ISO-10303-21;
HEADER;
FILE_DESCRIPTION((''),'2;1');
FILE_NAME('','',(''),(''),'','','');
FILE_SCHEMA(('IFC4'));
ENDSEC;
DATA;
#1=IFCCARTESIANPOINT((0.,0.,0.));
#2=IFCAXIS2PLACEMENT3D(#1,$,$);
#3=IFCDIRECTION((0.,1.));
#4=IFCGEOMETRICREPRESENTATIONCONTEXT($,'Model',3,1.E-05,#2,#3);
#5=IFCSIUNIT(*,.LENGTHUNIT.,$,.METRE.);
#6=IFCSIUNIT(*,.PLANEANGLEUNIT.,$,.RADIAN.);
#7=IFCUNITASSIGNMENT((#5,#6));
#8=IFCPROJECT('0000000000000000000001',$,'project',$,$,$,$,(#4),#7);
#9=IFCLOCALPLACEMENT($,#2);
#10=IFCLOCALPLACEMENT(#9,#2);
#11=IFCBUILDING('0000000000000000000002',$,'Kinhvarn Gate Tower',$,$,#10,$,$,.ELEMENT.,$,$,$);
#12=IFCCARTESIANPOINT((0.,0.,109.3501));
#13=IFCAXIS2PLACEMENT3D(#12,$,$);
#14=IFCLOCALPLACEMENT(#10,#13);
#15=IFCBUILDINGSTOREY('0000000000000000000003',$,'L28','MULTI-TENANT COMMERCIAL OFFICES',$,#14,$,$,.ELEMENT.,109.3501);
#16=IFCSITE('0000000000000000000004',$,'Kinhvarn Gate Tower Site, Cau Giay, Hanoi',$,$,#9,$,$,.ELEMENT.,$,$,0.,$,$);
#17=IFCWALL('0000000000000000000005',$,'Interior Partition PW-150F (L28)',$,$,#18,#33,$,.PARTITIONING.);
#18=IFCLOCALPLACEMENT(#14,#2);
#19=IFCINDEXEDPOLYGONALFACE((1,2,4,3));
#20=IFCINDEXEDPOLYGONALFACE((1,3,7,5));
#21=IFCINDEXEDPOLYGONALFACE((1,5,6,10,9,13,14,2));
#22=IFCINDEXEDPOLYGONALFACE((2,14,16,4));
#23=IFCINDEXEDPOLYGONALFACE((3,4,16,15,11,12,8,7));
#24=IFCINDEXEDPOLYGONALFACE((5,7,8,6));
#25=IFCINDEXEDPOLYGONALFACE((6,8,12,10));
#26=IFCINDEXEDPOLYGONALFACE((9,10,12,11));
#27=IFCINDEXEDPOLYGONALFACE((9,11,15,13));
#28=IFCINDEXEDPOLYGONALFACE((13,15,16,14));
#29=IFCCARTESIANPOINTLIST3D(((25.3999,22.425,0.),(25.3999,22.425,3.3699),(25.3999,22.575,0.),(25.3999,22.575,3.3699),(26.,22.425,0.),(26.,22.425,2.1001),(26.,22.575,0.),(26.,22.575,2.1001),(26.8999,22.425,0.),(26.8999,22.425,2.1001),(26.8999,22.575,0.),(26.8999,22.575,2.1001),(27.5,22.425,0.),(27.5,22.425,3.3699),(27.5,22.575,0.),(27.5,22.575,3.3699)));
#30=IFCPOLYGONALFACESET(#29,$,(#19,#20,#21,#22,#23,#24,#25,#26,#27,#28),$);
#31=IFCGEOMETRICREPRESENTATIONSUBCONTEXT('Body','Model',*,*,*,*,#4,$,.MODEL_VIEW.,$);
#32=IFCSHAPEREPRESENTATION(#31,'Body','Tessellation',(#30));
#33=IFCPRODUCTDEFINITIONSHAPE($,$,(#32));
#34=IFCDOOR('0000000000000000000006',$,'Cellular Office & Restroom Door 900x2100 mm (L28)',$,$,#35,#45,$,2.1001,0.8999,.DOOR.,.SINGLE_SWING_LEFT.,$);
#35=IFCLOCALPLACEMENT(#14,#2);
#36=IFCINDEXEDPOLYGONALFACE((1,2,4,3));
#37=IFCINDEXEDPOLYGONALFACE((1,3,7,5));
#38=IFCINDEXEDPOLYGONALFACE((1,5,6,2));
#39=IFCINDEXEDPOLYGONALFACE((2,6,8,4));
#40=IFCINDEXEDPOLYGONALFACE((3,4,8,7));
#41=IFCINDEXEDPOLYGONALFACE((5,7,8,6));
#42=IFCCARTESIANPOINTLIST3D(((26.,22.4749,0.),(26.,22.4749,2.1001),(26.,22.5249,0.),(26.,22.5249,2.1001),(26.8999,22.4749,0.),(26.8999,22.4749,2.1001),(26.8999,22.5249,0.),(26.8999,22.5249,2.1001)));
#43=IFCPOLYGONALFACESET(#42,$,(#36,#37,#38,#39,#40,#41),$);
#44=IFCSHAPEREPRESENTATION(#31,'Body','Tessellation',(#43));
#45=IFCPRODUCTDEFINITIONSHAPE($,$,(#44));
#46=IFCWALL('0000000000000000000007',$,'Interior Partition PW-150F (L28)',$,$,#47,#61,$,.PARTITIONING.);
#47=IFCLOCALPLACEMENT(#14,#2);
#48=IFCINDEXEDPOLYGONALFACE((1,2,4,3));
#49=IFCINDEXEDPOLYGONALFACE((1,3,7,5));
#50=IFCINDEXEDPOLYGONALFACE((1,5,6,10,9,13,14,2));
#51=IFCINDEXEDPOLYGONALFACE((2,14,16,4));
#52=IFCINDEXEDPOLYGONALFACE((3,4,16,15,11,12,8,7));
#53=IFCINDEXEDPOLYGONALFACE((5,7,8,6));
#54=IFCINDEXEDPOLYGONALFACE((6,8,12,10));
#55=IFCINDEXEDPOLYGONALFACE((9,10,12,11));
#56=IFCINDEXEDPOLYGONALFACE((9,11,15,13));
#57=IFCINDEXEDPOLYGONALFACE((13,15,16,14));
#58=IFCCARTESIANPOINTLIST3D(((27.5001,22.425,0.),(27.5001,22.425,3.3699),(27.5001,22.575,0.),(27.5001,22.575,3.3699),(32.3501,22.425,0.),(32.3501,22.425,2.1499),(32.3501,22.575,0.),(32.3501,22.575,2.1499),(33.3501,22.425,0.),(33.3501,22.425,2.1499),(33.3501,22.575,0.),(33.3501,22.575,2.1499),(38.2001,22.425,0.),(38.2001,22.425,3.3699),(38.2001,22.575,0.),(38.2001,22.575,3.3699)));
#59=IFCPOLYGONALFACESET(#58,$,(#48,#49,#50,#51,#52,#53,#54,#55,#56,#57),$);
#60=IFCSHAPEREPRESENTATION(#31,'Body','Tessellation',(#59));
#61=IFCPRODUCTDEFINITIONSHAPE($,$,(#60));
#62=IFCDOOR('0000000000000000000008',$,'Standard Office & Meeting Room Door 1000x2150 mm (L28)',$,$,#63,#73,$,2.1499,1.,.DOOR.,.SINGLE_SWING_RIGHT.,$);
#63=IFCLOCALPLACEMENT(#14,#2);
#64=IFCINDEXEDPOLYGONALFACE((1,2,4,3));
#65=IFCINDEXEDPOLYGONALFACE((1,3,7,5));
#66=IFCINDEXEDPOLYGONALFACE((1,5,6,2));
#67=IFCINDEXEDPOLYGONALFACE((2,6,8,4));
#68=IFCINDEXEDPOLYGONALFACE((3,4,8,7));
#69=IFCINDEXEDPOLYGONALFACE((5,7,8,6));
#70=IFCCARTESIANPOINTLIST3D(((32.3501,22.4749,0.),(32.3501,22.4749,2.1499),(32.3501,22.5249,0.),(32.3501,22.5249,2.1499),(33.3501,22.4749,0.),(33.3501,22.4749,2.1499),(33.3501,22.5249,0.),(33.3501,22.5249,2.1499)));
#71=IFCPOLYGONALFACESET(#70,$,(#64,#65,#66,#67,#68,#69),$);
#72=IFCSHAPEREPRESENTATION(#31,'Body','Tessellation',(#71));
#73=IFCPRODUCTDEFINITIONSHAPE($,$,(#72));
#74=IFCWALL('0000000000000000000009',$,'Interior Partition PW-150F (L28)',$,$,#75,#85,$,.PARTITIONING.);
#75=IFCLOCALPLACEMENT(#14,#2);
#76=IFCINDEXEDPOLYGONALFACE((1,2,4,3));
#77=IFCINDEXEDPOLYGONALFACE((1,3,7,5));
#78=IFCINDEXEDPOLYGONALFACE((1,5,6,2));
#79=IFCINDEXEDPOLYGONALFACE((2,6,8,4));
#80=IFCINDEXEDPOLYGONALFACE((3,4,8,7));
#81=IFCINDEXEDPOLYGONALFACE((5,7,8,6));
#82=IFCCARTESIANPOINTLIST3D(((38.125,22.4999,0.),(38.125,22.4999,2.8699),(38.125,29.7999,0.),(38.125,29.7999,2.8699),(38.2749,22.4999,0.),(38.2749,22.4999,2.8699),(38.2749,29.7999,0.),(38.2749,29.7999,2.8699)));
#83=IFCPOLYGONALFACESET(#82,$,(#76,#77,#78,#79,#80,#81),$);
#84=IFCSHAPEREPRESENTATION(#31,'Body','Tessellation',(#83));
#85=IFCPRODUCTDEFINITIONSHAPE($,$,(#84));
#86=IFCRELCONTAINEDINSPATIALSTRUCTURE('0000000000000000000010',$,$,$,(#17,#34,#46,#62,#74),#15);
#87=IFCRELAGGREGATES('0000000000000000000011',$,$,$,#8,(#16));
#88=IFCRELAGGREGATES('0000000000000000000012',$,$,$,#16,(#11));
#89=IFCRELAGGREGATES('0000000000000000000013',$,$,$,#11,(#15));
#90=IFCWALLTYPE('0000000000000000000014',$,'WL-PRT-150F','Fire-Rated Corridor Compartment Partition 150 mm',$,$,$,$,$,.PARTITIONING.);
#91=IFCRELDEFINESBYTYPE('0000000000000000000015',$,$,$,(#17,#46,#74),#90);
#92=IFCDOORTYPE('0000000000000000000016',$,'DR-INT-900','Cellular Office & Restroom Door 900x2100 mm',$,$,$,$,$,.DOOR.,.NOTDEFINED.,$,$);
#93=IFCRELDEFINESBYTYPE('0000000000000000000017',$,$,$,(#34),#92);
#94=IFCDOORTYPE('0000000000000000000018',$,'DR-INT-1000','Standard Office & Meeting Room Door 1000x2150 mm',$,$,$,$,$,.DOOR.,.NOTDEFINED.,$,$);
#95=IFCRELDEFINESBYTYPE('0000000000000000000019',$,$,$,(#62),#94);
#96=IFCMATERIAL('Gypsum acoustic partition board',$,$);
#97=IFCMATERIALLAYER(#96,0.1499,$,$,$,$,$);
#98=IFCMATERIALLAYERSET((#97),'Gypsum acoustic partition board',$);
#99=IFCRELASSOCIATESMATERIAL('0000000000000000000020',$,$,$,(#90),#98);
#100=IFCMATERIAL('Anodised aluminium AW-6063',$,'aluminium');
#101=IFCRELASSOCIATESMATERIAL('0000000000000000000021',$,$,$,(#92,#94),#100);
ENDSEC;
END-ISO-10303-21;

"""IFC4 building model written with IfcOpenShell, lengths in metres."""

from ifc_helpers import new_model, si_unit, direction, frame, frame_2d, origin, place, context, subcontext, project, spatial, rectangle, extrude, material, layer, layer_set, type_object, element, fill, save


model = new_model("IFC4")

# Units and contexts
model_context = context("Model", 3, precision=1e-05, world=origin(), true_north=direction((0.0, 1.0)))
body_context = subcontext(model_context, "Body", "Model", "MODEL_VIEW")
ifc_project = project(units=[si_unit("LENGTHUNIT", "METRE"), si_unit("PLANEANGLEUNIT", "RADIAN")], contexts=[model_context])

# Site, building, storey
site_placement = place(None, origin())
site = spatial("IfcSite", under=ifc_project, at=site_placement, Name="Kinhvarn Gate Tower Site, Cau Giay, Hanoi", CompositionType="ELEMENT", RefElevation=0.0)
building_placement = place(site_placement, origin())
building = spatial("IfcBuilding", under=site, at=building_placement, Name="Kinhvarn Gate Tower", CompositionType="ELEMENT")
storey_placement = place(building_placement, frame((0.0, 0.0, 109.3501)))
storey = spatial("IfcBuildingStorey", under=building, at=storey_placement, Name="L28", Description="MULTI-TENANT COMMERCIAL OFFICES", CompositionType="ELEMENT", Elevation=109.3501)

# Shared definitions
ifc_material_1 = material(Name="Gypsum acoustic partition board")

# Walls, openings, doors
ifc_layer_1 = layer(ifc_material_1, 0.1499)
ifc_layer_set_1 = layer_set([ifc_layer_1], Name="Gypsum acoustic partition board")
wall_type_1 = type_object("IfcWallType", Name="WL-PRT-150F", Description="Fire-Rated Corridor Compartment Partition 150 mm", PredefinedType="PARTITIONING", material=ifc_layer_set_1)
wall_1_placement = place(storey_placement, frame((25.3999, 22.5, 0.0), z_axis=(0.0, 0.0, 1.0), x_axis=(1.0, 0.0, 0.0)))
wall_1 = element("IfcWall", 1, at=wall_1_placement, inside=storey, type_object=wall_type_1, Name="Interior Partition PW-150F (L28)", PredefinedType="PARTITIONING", context=body_context, shape_type="SweptSolid", body=[
    extrude(rectangle(XDim=2.1001, YDim=0.1499, at=frame_2d((1.05, 0.0))), origin(), (0.0, 0.0, 1.0), 3.3699),
])
opening_1_placement = place(wall_1_placement, frame((0.6001, 0.0, 0.0)))
opening_1 = element("IfcOpeningElement", 2, at=opening_1_placement, cuts=wall_1, PredefinedType="OPENING", context=body_context, shape_type="SweptSolid", body=[
    extrude(rectangle(XDim=0.8999, YDim=2.1001, at=frame_2d((0.45, 1.05))), frame((0.0, 0.085, 0.0), z_axis=(0.0, -1.0, 0.0), x_axis=(1.0, 0.0, 0.0)), (0.0, 0.0, 1.0), 0.1699),
])
ifc_material_2 = material(Name="Anodised aluminium AW-6063", Category="aluminium")
door_type_1 = type_object("IfcDoorType", Name="DR-INT-900", Description="Cellular Office & Restroom Door 900x2100 mm", OperationType="NOTDEFINED", PredefinedType="DOOR", material=ifc_material_2)
door_1_placement = place(opening_1_placement, origin())
door_1 = element("IfcDoor", 3, at=door_1_placement, inside=storey, type_object=door_type_1, Name="Cellular Office & Restroom Door 900x2100 mm (L28)", OperationType="SINGLE_SWING_LEFT", OverallHeight=2.1001, OverallWidth=0.8999, PredefinedType="DOOR", context=body_context, shape_type="SweptSolid", body=[
    extrude(rectangle(XDim=0.8999, YDim=2.1001, at=frame_2d((0.45, 1.05))), frame((0.0, 0.0249, 0.0), z_axis=(0.0, -1.0, 0.0), x_axis=(1.0, 0.0, 0.0)), (0.0, 0.0, 1.0), 0.05),
])
fill(opening_1, door_1)
wall_2_placement = place(storey_placement, frame((27.5, 22.5, 0.0), z_axis=(0.0, 0.0, 1.0), x_axis=(1.0, 0.0, 0.0)))
wall_2 = element("IfcWall", 4, at=wall_2_placement, inside=storey, type_object=wall_type_1, Name="Interior Partition PW-150F (L28)", PredefinedType="PARTITIONING", context=body_context, shape_type="SweptSolid", body=[
    extrude(rectangle(XDim=10.7, YDim=0.1499, at=frame_2d((5.3501, 0.0))), origin(), (0.0, 0.0, 1.0), 3.3699),
])
opening_2_placement = place(wall_2_placement, frame((4.8501, 0.0, 0.0)))
opening_2 = element("IfcOpeningElement", 5, at=opening_2_placement, cuts=wall_2, PredefinedType="OPENING", context=body_context, shape_type="SweptSolid", body=[
    extrude(rectangle(XDim=1.0, YDim=2.1499, at=frame_2d((0.5, 1.075))), frame((0.0, 0.085, 0.0), z_axis=(0.0, -1.0, 0.0), x_axis=(1.0, 0.0, 0.0)), (0.0, 0.0, 1.0), 0.1699),
])
door_type_2 = type_object("IfcDoorType", Name="DR-INT-1000", Description="Standard Office & Meeting Room Door 1000x2150 mm", OperationType="NOTDEFINED", PredefinedType="DOOR", material=ifc_material_2)
door_2_placement = place(opening_2_placement, origin())
door_2 = element("IfcDoor", 6, at=door_2_placement, inside=storey, type_object=door_type_2, Name="Standard Office & Meeting Room Door 1000x2150 mm (L28)", OperationType="SINGLE_SWING_RIGHT", OverallHeight=2.1499, OverallWidth=1.0, PredefinedType="DOOR", context=body_context, shape_type="SweptSolid", body=[
    extrude(rectangle(XDim=1.0, YDim=2.1499, at=frame_2d((0.5, 1.075))), frame((0.0, 0.0249, 0.0), z_axis=(0.0, -1.0, 0.0), x_axis=(1.0, 0.0, 0.0)), (0.0, 0.0, 1.0), 0.05),
])
fill(opening_2, door_2)

# Wall
wall_3_placement = place(storey_placement, frame((38.2, 22.5, 0.0), z_axis=(0.0, 0.0, 1.0), x_axis=(0.0, 1.0, 0.0)))
element("IfcWall", 7, at=wall_3_placement, inside=storey, type_object=wall_type_1, Name="Interior Partition PW-150F (L28)", PredefinedType="PARTITIONING", context=body_context, shape_type="SweptSolid", body=[
    extrude(rectangle(XDim=7.3, YDim=0.1499, at=frame_2d((3.6499, 0.0))), origin(), (0.0, 0.0, 1.0), 2.8699),
])

save(model, "model.ifc")
